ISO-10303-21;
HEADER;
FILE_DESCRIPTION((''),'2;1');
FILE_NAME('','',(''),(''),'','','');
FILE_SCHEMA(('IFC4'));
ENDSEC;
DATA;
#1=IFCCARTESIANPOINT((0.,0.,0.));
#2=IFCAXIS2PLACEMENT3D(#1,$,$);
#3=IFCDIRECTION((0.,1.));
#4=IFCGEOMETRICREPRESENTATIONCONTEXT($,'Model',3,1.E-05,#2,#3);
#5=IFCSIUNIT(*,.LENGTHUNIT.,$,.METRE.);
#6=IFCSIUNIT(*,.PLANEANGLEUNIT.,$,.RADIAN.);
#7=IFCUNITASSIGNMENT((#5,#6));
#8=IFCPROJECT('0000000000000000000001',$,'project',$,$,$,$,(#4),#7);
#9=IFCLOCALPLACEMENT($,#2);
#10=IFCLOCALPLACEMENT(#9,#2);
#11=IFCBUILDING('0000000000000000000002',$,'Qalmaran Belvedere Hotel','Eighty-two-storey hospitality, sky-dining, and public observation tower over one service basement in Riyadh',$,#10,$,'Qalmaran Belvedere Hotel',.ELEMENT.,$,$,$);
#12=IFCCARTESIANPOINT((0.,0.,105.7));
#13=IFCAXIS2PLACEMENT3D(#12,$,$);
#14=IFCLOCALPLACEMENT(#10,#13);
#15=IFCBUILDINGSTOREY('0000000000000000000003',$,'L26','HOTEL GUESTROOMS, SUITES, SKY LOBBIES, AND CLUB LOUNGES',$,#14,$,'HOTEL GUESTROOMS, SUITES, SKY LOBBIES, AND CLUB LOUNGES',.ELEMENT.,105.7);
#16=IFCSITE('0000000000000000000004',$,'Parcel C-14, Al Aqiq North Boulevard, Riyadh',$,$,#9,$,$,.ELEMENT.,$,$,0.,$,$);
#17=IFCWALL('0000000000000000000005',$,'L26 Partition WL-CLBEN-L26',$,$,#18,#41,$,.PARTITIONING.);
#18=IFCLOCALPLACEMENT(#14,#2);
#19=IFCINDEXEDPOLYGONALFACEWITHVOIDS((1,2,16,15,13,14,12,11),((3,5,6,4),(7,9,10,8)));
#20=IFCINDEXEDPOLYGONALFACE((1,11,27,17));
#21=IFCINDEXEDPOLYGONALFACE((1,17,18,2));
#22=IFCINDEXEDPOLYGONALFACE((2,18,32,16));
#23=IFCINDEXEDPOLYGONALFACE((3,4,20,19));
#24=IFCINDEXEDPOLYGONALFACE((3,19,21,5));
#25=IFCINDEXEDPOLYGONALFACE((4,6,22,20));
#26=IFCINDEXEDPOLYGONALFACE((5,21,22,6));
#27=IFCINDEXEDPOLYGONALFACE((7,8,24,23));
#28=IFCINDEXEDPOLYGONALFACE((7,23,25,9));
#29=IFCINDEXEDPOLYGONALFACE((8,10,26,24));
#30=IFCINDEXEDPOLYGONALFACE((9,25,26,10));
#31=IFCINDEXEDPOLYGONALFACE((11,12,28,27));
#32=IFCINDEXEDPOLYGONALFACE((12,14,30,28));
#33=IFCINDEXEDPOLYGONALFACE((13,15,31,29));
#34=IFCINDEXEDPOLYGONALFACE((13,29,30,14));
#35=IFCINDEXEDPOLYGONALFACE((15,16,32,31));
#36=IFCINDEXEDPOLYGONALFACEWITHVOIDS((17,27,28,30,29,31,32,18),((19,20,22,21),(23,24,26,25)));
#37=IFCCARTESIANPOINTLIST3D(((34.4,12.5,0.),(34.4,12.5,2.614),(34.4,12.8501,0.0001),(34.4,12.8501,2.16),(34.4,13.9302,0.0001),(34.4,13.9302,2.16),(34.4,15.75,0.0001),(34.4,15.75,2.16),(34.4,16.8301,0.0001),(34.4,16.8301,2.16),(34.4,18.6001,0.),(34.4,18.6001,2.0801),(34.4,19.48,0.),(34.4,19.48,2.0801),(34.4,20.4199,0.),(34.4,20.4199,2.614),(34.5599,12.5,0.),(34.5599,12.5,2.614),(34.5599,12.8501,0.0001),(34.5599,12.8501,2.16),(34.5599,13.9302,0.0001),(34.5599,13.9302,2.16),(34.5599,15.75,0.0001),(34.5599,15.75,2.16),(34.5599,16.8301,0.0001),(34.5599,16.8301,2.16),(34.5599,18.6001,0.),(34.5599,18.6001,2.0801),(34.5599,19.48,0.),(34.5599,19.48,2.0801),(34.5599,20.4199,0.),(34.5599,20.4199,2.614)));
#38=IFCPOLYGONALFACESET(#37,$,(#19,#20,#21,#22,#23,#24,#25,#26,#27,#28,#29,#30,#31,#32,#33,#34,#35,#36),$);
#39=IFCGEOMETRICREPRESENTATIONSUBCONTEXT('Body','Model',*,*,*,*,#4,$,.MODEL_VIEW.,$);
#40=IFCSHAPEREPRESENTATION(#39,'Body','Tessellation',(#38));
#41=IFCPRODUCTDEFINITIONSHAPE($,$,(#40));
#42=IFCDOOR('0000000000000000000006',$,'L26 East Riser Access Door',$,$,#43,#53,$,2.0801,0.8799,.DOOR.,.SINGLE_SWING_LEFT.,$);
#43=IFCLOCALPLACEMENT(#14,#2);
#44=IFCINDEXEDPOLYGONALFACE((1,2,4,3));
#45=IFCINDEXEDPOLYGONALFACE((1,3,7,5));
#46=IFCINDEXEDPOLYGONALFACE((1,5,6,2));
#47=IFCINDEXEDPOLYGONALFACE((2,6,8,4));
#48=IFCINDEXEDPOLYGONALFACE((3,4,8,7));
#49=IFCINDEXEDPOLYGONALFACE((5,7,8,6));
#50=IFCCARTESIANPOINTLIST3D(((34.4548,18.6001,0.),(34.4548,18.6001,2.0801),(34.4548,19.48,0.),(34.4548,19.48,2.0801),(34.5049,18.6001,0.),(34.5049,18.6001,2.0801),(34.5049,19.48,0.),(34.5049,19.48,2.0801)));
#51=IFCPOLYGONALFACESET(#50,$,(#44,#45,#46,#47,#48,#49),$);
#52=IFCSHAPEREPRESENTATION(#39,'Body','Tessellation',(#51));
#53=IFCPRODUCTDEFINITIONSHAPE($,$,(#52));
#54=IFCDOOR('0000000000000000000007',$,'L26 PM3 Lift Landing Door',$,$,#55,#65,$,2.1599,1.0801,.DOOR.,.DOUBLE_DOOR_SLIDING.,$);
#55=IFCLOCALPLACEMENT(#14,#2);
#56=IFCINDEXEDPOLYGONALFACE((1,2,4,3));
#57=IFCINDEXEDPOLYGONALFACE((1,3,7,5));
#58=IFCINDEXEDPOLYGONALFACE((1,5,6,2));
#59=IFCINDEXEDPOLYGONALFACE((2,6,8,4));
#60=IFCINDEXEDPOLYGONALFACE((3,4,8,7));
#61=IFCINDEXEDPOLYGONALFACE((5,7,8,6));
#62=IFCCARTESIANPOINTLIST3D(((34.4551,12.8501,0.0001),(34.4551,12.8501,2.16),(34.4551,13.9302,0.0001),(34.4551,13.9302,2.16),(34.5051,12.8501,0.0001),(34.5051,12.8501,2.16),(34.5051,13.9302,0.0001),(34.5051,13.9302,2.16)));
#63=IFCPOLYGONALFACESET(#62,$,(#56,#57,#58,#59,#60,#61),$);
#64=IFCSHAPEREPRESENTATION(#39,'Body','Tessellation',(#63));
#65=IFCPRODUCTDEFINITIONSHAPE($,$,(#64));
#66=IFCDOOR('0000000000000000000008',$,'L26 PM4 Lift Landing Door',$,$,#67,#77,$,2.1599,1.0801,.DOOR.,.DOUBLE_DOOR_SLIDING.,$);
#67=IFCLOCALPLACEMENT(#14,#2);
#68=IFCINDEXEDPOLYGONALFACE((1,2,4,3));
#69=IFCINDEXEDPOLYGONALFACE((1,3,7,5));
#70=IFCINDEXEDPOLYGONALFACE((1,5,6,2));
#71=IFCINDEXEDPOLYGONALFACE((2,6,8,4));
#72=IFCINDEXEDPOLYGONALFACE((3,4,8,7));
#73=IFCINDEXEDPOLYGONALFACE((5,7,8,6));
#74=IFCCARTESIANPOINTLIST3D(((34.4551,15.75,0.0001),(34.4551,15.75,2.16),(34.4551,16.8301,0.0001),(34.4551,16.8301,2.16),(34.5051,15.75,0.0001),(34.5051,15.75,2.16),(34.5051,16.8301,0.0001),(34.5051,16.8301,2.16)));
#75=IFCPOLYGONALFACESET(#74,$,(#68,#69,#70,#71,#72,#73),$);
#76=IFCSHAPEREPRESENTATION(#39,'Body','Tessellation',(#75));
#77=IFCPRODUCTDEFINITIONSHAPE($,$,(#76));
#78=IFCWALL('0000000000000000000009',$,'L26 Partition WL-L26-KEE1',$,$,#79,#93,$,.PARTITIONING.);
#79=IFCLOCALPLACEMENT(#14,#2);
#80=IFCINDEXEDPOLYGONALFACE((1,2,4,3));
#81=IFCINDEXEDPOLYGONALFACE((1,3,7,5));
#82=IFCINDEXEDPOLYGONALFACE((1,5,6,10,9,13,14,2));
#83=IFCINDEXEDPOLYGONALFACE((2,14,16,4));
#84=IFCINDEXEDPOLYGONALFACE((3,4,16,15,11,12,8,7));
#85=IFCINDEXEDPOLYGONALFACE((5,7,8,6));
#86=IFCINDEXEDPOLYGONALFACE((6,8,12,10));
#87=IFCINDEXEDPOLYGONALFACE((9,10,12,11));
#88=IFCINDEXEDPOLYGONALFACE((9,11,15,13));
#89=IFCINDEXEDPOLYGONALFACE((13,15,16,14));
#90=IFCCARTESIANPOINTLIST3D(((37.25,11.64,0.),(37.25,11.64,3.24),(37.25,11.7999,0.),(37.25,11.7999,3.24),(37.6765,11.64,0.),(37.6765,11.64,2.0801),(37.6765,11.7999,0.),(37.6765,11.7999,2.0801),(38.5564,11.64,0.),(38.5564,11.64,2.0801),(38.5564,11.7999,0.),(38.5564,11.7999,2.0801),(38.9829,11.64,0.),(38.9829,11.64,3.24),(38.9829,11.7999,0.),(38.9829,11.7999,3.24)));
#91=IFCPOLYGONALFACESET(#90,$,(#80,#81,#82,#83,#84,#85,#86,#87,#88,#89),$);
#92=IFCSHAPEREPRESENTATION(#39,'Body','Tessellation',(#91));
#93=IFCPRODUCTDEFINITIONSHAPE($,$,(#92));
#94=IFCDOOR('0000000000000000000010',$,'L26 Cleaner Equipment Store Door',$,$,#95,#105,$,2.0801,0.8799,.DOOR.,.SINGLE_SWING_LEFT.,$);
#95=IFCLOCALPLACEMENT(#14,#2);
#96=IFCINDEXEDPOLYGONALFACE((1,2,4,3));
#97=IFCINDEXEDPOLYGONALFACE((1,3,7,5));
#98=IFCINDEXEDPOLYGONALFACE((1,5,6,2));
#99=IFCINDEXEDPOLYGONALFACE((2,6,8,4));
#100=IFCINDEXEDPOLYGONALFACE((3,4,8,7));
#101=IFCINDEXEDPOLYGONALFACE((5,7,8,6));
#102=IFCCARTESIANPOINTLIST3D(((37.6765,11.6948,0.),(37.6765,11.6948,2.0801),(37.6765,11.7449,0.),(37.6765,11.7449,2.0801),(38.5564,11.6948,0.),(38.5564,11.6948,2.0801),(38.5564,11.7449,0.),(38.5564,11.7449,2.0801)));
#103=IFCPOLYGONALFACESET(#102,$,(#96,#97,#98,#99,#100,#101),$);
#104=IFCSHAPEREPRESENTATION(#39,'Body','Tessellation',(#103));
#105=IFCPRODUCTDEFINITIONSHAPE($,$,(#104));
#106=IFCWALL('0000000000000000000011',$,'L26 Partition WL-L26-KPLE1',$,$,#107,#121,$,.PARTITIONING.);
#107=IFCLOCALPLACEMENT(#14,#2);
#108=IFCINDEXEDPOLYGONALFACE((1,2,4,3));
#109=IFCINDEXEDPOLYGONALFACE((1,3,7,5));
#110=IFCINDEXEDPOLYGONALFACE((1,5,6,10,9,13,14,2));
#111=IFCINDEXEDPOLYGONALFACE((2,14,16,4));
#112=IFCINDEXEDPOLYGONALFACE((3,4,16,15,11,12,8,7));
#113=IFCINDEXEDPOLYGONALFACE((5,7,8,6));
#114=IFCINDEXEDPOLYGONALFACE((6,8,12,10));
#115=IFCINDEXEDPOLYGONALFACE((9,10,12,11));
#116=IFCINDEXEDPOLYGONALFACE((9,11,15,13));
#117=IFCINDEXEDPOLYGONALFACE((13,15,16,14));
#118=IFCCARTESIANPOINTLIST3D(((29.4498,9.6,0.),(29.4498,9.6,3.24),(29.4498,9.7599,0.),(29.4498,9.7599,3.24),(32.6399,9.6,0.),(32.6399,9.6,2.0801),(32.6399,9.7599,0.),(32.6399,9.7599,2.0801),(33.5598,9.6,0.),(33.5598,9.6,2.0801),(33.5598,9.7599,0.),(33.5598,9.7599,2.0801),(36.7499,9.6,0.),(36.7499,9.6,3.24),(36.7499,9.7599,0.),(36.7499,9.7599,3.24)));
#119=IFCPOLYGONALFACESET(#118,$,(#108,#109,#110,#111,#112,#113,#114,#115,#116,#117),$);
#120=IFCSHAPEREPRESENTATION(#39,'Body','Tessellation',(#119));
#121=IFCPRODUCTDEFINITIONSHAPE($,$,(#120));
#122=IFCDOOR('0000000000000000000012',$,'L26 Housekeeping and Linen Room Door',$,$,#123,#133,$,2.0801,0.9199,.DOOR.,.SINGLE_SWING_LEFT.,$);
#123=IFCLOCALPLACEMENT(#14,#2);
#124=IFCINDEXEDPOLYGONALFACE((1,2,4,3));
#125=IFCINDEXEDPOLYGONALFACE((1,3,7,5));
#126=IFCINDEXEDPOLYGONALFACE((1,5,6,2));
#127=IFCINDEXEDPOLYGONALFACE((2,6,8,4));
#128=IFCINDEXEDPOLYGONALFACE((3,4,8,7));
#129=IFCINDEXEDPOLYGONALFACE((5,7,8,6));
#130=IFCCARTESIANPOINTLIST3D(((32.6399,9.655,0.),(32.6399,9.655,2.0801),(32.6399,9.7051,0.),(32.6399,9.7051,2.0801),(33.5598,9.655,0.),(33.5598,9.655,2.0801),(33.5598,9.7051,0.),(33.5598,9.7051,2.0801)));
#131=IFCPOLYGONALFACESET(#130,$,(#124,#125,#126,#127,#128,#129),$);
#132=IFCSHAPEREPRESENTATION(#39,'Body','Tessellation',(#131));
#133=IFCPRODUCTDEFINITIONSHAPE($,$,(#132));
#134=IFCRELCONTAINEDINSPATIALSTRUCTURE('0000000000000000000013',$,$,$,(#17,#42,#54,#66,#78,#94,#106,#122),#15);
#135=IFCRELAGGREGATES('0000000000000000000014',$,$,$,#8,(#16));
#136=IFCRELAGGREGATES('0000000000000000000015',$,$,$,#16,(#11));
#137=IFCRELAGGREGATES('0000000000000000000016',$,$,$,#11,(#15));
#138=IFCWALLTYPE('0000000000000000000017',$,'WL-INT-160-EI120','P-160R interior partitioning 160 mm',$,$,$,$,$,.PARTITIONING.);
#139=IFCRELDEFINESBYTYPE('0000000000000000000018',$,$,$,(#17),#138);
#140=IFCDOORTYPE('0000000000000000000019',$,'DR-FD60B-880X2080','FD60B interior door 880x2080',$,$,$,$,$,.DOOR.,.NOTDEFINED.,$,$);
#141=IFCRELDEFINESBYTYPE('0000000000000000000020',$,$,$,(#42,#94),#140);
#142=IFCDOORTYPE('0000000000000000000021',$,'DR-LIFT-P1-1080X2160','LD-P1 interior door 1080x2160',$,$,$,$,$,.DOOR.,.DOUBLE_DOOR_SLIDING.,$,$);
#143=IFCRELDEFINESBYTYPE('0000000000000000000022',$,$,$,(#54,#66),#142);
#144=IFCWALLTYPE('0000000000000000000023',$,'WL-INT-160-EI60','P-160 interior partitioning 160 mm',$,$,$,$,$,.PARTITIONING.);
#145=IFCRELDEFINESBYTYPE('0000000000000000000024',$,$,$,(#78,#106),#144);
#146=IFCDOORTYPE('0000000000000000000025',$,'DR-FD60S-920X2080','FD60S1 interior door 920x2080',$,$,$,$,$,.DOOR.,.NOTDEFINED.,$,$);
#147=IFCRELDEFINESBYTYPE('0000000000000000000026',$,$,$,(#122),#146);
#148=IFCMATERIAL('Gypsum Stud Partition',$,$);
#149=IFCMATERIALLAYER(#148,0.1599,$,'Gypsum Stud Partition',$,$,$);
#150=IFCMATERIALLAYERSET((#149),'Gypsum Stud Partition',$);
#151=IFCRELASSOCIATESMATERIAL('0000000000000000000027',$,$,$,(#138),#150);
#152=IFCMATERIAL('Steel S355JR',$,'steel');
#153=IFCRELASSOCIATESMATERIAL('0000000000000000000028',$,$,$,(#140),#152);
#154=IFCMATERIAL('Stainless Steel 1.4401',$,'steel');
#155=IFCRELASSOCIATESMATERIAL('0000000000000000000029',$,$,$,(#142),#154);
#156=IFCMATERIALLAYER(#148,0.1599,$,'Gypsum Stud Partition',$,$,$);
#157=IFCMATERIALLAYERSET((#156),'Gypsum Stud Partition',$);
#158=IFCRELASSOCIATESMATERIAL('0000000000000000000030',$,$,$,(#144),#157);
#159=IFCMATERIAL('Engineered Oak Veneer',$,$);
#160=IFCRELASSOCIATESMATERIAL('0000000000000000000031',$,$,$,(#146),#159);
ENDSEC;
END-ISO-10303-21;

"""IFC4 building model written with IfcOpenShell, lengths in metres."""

from ifc_helpers import new_model, si_unit, direction, frame, frame_2d, origin, place, context, subcontext, project, spatial, rectangle, extrude, material, layer, layer_set, type_object, element, fill, save


model = new_model("IFC4")

# Units and contexts
model_context = context("Model", 3, precision=1e-05, world=origin(), true_north=direction((0.0, 1.0)))
body_context = subcontext(model_context, "Body", "Model", "MODEL_VIEW")
ifc_project = project(units=[si_unit("LENGTHUNIT", "METRE"), si_unit("PLANEANGLEUNIT", "RADIAN")], contexts=[model_context])

# Site, building, storey
site_placement = place(None, origin())
site = spatial("IfcSite", under=ifc_project, at=site_placement, Name="Parcel C-14, Al Aqiq North Boulevard, Riyadh", CompositionType="ELEMENT", RefElevation=0.0)
building_placement = place(site_placement, origin())
building = spatial("IfcBuilding", under=site, at=building_placement, Name="Qalmaran Belvedere Hotel", Description="Eighty-two-storey hospitality, sky-dining, and public observation tower over one service basement in Riyadh", LongName="Qalmaran Belvedere Hotel", CompositionType="ELEMENT")
storey_placement = place(building_placement, frame((0.0, 0.0, 105.7)))
storey = spatial("IfcBuildingStorey", under=building, at=storey_placement, Name="L26", Description="HOTEL GUESTROOMS, SUITES, SKY LOBBIES, AND CLUB LOUNGES", LongName="HOTEL GUESTROOMS, SUITES, SKY LOBBIES, AND CLUB LOUNGES", CompositionType="ELEMENT", Elevation=105.7)

# Shared definitions
ifc_material_1 = material(Name="Steel S355JR", Category="steel")

# Shared definitions
ifc_material_2 = material(Name="Gypsum Stud Partition")
ifc_layer_1 = layer(ifc_material_2, 0.1599, Name="Gypsum Stud Partition")
ifc_layer_set_1 = layer_set([ifc_layer_1], Name="Gypsum Stud Partition")
wall_type_1 = type_object("IfcWallType", Name="WL-INT-160-EI120", Description="P-160R interior partitioning 160 mm", PredefinedType="PARTITIONING", material=ifc_layer_set_1)

# Wall, openings, doors
door_type_1 = type_object("IfcDoorType", Name="DR-FD60B-880X2080", Description="FD60B interior door 880x2080", OperationType="NOTDEFINED", PredefinedType="DOOR", material=ifc_material_1)
ifc_material_3 = material(Name="Stainless Steel 1.4401", Category="steel")
door_type_2 = type_object("IfcDoorType", Name="DR-LIFT-P1-1080X2160", Description="LD-P1 interior door 1080x2160", OperationType="DOUBLE_DOOR_SLIDING", PredefinedType="DOOR", material=ifc_material_3)
wall_1_placement = place(storey_placement, frame((34.48, 12.5, 0.0), z_axis=(0.0, 0.0, 1.0), x_axis=(0.0, 1.0, 0.0)))
wall_1 = element("IfcWall", 1, at=wall_1_placement, inside=storey, type_object=wall_type_1, Name="L26 Partition WL-CLBEN-L26", PredefinedType="PARTITIONING", context=body_context, shape_type="SweptSolid", body=[
    extrude(rectangle(XDim=7.9199, YDim=0.1599, at=frame_2d((3.96, 0.0))), origin(), (0.0, 0.0, 1.0), 2.614),
])
opening_1_placement = place(wall_1_placement, frame((0.3501, 0.0, 0.0)))
opening_1 = element("IfcOpeningElement", 2, at=opening_1_placement, cuts=wall_1, PredefinedType="OPENING", context=body_context, shape_type="SweptSolid", body=[
    extrude(rectangle(XDim=1.0801, YDim=2.1599, at=frame_2d((0.54, 1.0801))), frame((0.0, 0.0898, 0.0), z_axis=(0.0, -1.0, 0.0), x_axis=(1.0, 0.0, 0.0)), (0.0, 0.0, 1.0), 0.1799),
])
opening_2_placement = place(wall_1_placement, frame((3.25, 0.0, 0.0)))
opening_2 = element("IfcOpeningElement", 3, at=opening_2_placement, cuts=wall_1, PredefinedType="OPENING", context=body_context, shape_type="SweptSolid", body=[
    extrude(rectangle(XDim=1.0801, YDim=2.1599, at=frame_2d((0.54, 1.0801))), frame((0.0, 0.0898, 0.0), z_axis=(0.0, -1.0, 0.0), x_axis=(1.0, 0.0, 0.0)), (0.0, 0.0, 1.0), 0.1799),
])
opening_3_placement = place(wall_1_placement, frame((6.98, 0.0, 0.0), z_axis=(0.0, 0.0, 1.0), x_axis=(-1.0, 0.0, 0.0)))
opening_3 = element("IfcOpeningElement", 4, at=opening_3_placement, cuts=wall_1, PredefinedType="OPENING", context=body_context, shape_type="SweptSolid", body=[
    extrude(rectangle(XDim=0.8799, YDim=2.0801, at=frame_2d((0.4399, 1.04))), frame((0.0, 0.0898, 0.0), z_axis=(0.0, -1.0, 0.0), x_axis=(1.0, 0.0, 0.0)), (0.0, 0.0, 1.0), 0.1799),
])
door_1_placement = place(opening_3_placement, origin())
door_1 = element("IfcDoor", 5, at=door_1_placement, inside=storey, type_object=door_type_1, Name="L26 East Riser Access Door", OperationType="SINGLE_SWING_LEFT", OverallHeight=2.0801, OverallWidth=0.8799, PredefinedType="DOOR", context=body_context, shape_type="SweptSolid", body=[
    extrude(rectangle(XDim=0.8799, YDim=2.0801, at=frame_2d((0.4399, 1.04))), frame((0.0, 0.0249, 0.0), z_axis=(0.0, -1.0, 0.0), x_axis=(1.0, 0.0, 0.0)), (0.0, 0.0, 1.0), 0.05),
])
fill(opening_3, door_1)
door_2_placement = place(opening_1_placement, origin())
door_2 = element("IfcDoor", 6, at=door_2_placement, inside=storey, type_object=door_type_2, Name="L26 PM3 Lift Landing Door", OperationType="DOUBLE_DOOR_SLIDING", OverallHeight=2.1599, OverallWidth=1.0801, PredefinedType="DOOR", context=body_context, shape_type="SweptSolid", body=[
    extrude(rectangle(XDim=1.0801, YDim=2.1599, at=frame_2d((0.54, 1.0801))), frame((0.0, 0.0249, 0.0), z_axis=(0.0, -1.0, 0.0), x_axis=(1.0, 0.0, 0.0)), (0.0, 0.0, 1.0), 0.05),
])
fill(opening_1, door_2)
door_3_placement = place(opening_2_placement, origin())
door_3 = element("IfcDoor", 7, at=door_3_placement, inside=storey, type_object=door_type_2, Name="L26 PM4 Lift Landing Door", OperationType="DOUBLE_DOOR_SLIDING", OverallHeight=2.1599, OverallWidth=1.0801, PredefinedType="DOOR", context=body_context, shape_type="SweptSolid", body=[
    extrude(rectangle(XDim=1.0801, YDim=2.1599, at=frame_2d((0.54, 1.0801))), frame((0.0, 0.0249, 0.0), z_axis=(0.0, -1.0, 0.0), x_axis=(1.0, 0.0, 0.0)), (0.0, 0.0, 1.0), 0.05),
])
fill(opening_2, door_3)

# Walls, openings, doors
ifc_layer_2 = layer(ifc_material_2, 0.1599, Name="Gypsum Stud Partition")
ifc_layer_set_2 = layer_set([ifc_layer_2], Name="Gypsum Stud Partition")
wall_type_2 = type_object("IfcWallType", Name="WL-INT-160-EI60", Description="P-160 interior partitioning 160 mm", PredefinedType="PARTITIONING", material=ifc_layer_set_2)
wall_2_placement = place(storey_placement, frame((37.25, 11.72, 0.0), z_axis=(0.0, 0.0, 1.0), x_axis=(1.0, 0.0, 0.0)))
wall_2 = element("IfcWall", 8, at=wall_2_placement, inside=storey, type_object=wall_type_2, Name="L26 Partition WL-L26-KEE1", PredefinedType="PARTITIONING", context=body_context, shape_type="SweptSolid", body=[
    extrude(rectangle(XDim=1.7329, YDim=0.1599, at=frame_2d((0.8665, 0.0))), origin(), (0.0, 0.0, 1.0), 3.24),
])
opening_4_placement = place(wall_2_placement, frame((0.4265, 0.0, 0.0)))
opening_4 = element("IfcOpeningElement", 9, at=opening_4_placement, cuts=wall_2, PredefinedType="OPENING", context=body_context, shape_type="SweptSolid", body=[
    extrude(rectangle(XDim=0.8799, YDim=2.0801, at=frame_2d((0.4399, 1.04))), frame((0.0, 0.0898, 0.0), z_axis=(0.0, -1.0, 0.0), x_axis=(1.0, 0.0, 0.0)), (0.0, 0.0, 1.0), 0.1799),
])
door_4_placement = place(opening_4_placement, origin())
door_4 = element("IfcDoor", 10, at=door_4_placement, inside=storey, type_object=door_type_1, Name="L26 Cleaner Equipment Store Door", OperationType="SINGLE_SWING_LEFT", OverallHeight=2.0801, OverallWidth=0.8799, PredefinedType="DOOR", context=body_context, shape_type="SweptSolid", body=[
    extrude(rectangle(XDim=0.8799, YDim=2.0801, at=frame_2d((0.4399, 1.04))), frame((0.0, 0.0249, 0.0), z_axis=(0.0, -1.0, 0.0), x_axis=(1.0, 0.0, 0.0)), (0.0, 0.0, 1.0), 0.05),
])
fill(opening_4, door_4)
wall_3_placement = place(storey_placement, frame((29.45, 9.6799, 0.0), z_axis=(0.0, 0.0, 1.0), x_axis=(1.0, 0.0, 0.0)))
wall_3 = element("IfcWall", 11, at=wall_3_placement, inside=storey, type_object=wall_type_2, Name="L26 Partition WL-L26-KPLE1", PredefinedType="PARTITIONING", context=body_context, shape_type="SweptSolid", body=[
    extrude(rectangle(XDim=7.3, YDim=0.1599, at=frame_2d((3.6499, 0.0))), origin(), (0.0, 0.0, 1.0), 3.24),
])
opening_5_placement = place(wall_3_placement, frame((4.1099, 0.0, 0.0), z_axis=(0.0, 0.0, 1.0), x_axis=(-1.0, 0.0, 0.0)))
opening_5 = element("IfcOpeningElement", 12, at=opening_5_placement, cuts=wall_3, PredefinedType="OPENING", context=body_context, shape_type="SweptSolid", body=[
    extrude(rectangle(XDim=0.9199, YDim=2.0801, at=frame_2d((0.46, 1.04))), frame((0.0, 0.0898, 0.0), z_axis=(0.0, -1.0, 0.0), x_axis=(1.0, 0.0, 0.0)), (0.0, 0.0, 1.0), 0.1799),
])
ifc_material_4 = material(Name="Engineered Oak Veneer")
door_type_3 = type_object("IfcDoorType", Name="DR-FD60S-920X2080", Description="FD60S1 interior door 920x2080", OperationType="NOTDEFINED", PredefinedType="DOOR", material=ifc_material_4)
door_5_placement = place(opening_5_placement, origin())
door_5 = element("IfcDoor", 13, at=door_5_placement, inside=storey, type_object=door_type_3, Name="L26 Housekeeping and Linen Room Door", OperationType="SINGLE_SWING_LEFT", OverallHeight=2.0801, OverallWidth=0.9199, PredefinedType="DOOR", context=body_context, shape_type="SweptSolid", body=[
    extrude(rectangle(XDim=0.9199, YDim=2.0801, at=frame_2d((0.46, 1.04))), frame((0.0, 0.0249, 0.0), z_axis=(0.0, -1.0, 0.0), x_axis=(1.0, 0.0, 0.0)), (0.0, 0.0, 1.0), 0.05),
])
fill(opening_5, door_5)

save(model, "model.ifc")
